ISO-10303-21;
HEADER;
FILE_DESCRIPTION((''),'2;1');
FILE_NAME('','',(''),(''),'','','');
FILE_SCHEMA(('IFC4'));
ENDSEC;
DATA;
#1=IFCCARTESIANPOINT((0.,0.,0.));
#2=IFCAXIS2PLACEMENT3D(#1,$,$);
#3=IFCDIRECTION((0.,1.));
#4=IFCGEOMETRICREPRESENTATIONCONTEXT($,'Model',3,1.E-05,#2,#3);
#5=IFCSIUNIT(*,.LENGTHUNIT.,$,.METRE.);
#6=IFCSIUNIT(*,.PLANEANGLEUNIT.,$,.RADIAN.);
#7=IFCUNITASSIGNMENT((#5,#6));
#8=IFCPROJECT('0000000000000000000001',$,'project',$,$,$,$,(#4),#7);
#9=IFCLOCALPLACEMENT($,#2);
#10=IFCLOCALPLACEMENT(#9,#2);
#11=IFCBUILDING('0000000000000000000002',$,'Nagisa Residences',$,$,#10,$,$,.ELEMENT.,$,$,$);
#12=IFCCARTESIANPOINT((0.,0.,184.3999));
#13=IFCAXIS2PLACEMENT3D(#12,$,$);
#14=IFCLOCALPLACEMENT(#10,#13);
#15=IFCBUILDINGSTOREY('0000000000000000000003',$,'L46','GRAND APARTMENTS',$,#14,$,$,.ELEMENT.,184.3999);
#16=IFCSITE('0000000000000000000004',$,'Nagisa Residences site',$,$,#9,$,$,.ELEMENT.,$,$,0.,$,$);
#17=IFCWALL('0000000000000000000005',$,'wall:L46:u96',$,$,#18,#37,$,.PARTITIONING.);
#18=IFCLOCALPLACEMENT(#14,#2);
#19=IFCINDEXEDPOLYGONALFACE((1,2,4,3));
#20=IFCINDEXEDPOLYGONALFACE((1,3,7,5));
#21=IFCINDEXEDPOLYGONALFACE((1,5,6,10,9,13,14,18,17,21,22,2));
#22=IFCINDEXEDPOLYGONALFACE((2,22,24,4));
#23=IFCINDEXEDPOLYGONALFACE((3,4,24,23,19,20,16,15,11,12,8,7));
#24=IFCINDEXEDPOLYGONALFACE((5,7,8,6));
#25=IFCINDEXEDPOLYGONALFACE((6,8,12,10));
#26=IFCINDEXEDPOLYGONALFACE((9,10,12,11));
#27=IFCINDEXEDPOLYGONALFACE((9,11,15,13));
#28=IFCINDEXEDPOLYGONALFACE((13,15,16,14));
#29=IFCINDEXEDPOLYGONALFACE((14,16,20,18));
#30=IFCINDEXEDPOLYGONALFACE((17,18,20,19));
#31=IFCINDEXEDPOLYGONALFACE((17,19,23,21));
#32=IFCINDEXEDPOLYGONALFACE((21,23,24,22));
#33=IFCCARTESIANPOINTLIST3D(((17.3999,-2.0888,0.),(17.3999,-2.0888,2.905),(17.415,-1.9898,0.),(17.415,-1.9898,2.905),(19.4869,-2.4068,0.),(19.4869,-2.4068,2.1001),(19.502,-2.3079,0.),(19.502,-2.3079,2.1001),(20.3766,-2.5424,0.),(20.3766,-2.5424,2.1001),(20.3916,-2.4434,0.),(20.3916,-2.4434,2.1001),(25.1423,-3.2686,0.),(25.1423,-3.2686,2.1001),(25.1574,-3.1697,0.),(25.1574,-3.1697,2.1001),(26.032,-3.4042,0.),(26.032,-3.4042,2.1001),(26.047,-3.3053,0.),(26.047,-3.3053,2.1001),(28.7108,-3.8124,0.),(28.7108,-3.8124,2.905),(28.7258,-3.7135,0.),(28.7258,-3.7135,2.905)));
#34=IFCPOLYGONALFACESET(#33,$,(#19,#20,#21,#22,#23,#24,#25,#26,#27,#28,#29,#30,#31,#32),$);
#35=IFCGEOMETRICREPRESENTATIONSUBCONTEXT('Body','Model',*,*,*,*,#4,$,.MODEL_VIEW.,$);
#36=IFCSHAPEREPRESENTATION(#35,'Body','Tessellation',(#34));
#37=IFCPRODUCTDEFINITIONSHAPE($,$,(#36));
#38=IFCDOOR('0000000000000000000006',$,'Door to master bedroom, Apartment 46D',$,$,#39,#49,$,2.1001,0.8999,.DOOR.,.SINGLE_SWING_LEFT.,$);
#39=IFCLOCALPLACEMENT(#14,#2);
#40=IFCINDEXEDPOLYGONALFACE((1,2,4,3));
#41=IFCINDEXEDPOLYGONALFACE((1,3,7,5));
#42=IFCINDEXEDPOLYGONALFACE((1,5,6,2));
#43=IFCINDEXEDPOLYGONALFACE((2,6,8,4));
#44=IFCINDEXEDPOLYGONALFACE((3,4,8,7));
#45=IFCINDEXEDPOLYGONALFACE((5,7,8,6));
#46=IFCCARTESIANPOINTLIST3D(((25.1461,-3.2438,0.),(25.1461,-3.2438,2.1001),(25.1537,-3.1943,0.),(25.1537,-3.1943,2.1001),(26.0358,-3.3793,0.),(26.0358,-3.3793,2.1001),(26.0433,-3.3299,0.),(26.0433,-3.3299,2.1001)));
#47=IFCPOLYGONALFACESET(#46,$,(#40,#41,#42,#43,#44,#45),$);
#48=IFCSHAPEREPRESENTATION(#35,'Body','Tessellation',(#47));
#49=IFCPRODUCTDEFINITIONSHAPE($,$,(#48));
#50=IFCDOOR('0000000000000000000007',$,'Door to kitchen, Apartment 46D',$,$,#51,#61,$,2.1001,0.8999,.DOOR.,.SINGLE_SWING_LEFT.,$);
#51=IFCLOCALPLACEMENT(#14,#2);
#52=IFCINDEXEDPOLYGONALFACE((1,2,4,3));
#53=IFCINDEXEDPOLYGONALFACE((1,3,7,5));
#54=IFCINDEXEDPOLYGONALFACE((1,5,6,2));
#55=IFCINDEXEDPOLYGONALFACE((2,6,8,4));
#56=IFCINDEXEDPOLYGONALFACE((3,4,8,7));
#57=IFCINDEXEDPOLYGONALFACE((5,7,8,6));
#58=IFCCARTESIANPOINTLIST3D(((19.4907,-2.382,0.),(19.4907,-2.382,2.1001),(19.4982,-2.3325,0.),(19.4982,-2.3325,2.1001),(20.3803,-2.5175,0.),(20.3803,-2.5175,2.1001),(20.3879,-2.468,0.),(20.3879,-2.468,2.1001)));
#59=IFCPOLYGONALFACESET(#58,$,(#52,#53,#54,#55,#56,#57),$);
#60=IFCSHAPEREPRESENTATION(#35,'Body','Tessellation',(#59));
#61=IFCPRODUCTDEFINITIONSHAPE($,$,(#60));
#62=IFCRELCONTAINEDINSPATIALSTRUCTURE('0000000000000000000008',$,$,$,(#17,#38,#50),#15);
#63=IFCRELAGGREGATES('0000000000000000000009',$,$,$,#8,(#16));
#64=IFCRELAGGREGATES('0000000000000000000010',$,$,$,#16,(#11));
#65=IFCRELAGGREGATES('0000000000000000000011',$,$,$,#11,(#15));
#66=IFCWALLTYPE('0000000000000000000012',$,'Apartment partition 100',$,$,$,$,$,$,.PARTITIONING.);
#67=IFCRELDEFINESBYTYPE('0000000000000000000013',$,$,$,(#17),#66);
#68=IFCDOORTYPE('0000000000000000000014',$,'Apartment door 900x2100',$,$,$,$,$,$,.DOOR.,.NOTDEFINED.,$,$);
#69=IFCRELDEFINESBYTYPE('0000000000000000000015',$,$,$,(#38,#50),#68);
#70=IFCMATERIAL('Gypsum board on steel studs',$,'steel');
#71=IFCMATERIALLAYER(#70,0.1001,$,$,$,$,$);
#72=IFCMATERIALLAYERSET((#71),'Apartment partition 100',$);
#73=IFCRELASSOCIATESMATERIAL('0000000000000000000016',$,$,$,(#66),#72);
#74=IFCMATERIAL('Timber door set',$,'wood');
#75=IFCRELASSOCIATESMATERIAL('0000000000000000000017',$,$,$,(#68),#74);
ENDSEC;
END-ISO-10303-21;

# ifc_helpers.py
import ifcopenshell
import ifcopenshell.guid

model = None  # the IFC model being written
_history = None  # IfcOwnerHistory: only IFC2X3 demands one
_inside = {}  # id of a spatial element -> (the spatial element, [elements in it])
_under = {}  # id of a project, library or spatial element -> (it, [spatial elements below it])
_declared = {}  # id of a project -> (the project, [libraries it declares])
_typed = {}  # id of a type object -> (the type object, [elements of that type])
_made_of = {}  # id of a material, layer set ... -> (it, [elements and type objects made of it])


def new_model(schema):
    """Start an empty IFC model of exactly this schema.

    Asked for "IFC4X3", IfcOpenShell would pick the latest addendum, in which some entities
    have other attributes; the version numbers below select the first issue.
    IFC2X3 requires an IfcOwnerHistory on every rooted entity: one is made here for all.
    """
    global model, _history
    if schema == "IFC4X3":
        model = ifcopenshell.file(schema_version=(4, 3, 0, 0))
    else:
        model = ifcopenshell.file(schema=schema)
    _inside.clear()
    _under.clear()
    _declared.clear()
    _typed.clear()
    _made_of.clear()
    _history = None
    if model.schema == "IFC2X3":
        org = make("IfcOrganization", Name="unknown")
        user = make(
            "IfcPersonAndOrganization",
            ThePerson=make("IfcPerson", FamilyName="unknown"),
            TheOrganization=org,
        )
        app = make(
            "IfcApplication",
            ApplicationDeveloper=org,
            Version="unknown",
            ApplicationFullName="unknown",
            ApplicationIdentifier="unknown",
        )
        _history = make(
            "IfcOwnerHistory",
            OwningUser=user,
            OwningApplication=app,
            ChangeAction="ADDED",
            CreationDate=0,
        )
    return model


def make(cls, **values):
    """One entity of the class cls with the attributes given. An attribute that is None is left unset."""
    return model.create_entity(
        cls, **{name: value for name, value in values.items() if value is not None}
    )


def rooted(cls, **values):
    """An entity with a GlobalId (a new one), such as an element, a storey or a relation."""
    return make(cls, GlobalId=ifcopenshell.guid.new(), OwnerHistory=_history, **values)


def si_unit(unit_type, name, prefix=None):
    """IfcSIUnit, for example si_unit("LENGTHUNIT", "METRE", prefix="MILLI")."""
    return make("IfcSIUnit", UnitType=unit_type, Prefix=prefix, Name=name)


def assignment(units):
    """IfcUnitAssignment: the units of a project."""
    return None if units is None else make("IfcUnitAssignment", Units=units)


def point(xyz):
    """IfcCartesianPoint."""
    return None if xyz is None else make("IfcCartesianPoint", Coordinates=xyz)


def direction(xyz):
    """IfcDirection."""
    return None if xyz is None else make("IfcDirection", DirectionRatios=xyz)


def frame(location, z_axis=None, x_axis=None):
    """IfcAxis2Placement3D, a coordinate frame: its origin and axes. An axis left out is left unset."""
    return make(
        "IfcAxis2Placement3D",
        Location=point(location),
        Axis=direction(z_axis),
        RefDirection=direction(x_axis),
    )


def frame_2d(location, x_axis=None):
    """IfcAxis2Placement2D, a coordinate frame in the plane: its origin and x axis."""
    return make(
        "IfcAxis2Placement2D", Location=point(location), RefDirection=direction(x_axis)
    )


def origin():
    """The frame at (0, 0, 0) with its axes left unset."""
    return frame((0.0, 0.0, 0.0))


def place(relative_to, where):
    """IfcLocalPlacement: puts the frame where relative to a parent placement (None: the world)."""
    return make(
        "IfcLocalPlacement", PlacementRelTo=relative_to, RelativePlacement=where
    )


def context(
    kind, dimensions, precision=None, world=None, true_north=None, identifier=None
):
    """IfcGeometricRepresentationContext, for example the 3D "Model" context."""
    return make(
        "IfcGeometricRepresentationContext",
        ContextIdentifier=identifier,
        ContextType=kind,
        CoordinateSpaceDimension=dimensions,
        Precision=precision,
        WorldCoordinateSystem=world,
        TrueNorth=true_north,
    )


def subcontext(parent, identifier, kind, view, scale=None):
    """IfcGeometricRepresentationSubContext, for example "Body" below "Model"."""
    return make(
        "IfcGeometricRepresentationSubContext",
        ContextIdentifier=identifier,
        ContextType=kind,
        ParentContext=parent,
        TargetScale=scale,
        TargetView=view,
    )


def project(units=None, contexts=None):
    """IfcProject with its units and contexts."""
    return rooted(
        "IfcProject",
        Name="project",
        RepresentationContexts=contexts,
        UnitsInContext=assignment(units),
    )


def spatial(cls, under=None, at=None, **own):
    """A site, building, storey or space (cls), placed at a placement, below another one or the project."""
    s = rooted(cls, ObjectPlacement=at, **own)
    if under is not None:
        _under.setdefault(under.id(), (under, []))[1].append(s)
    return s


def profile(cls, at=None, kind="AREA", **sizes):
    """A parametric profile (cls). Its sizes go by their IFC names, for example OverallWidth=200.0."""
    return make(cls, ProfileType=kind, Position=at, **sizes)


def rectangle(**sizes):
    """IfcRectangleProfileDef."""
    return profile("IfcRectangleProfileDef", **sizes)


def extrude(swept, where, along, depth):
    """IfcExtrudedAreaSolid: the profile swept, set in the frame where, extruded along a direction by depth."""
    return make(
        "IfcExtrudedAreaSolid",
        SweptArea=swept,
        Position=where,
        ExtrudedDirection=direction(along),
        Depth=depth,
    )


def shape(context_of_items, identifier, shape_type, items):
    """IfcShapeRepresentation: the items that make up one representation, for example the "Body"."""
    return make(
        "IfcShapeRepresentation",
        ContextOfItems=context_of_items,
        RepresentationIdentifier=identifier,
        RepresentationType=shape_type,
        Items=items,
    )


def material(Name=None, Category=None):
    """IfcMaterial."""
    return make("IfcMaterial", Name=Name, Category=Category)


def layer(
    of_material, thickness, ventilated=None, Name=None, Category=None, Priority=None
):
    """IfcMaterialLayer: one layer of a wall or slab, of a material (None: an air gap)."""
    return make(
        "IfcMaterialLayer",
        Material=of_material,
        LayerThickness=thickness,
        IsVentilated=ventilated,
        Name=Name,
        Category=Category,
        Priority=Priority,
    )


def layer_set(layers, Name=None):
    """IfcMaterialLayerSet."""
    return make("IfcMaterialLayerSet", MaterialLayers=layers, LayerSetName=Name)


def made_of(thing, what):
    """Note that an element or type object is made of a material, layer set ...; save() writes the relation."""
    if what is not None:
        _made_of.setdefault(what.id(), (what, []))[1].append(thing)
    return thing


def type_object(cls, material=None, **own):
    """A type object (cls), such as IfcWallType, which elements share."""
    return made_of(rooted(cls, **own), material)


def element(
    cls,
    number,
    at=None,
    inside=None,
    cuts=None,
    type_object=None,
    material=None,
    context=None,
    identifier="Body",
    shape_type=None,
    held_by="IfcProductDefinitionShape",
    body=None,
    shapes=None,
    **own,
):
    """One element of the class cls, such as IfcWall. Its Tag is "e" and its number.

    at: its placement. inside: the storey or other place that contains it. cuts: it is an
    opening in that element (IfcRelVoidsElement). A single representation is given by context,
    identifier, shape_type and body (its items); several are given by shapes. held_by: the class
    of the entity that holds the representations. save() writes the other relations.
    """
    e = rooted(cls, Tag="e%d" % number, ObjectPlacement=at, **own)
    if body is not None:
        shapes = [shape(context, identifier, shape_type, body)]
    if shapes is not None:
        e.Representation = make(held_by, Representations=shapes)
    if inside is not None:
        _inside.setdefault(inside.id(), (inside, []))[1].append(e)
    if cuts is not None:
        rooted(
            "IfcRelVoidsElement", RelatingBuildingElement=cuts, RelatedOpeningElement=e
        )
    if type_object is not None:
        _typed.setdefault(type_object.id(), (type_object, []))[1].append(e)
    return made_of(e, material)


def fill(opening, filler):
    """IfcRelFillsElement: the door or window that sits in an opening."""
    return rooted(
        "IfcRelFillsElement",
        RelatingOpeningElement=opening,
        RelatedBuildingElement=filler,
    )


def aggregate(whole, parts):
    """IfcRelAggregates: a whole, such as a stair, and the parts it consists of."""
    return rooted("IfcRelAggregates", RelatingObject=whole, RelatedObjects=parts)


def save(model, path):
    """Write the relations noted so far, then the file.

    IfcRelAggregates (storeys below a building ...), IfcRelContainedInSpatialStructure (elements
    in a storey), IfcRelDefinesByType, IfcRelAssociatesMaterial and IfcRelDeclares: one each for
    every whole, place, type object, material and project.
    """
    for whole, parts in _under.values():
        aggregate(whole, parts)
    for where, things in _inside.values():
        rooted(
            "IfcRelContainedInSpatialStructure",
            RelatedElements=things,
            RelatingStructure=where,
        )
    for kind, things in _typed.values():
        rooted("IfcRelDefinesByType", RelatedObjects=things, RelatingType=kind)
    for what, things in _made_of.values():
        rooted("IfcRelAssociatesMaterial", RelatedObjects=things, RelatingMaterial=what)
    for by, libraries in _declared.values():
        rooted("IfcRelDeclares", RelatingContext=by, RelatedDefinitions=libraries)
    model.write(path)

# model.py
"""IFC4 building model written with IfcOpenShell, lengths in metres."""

from ifc_helpers import new_model, si_unit, direction, frame, frame_2d, origin, place, context, subcontext, project, spatial, rectangle, extrude, material, layer, layer_set, type_object, element, fill, save


model = new_model("IFC4")

# Units and contexts
model_context = context("Model", 3, precision=1e-05, world=origin(), true_north=direction((0.0, 1.0)))
body_context = subcontext(model_context, "Body", "Model", "MODEL_VIEW")
ifc_project = project(units=[si_unit("LENGTHUNIT", "METRE"), si_unit("PLANEANGLEUNIT", "RADIAN")], contexts=[model_context])

# Site, building, storey
site_placement = place(None, origin())
site = spatial("IfcSite", under=ifc_project, at=site_placement, Name="Nagisa Residences site", CompositionType="ELEMENT", RefElevation=0.0)
building_placement = place(site_placement, origin())
building = spatial("IfcBuilding", under=site, at=building_placement, Name="Nagisa Residences", CompositionType="ELEMENT")
storey_placement = place(building_placement, frame((0.0, 0.0, 184.3999)))
storey = spatial("IfcBuildingStorey", under=building, at=storey_placement, Name="L46", Description="GRAND APARTMENTS", CompositionType="ELEMENT", Elevation=184.3999)

# Shared definitions
ifc_material_1 = material(Name="Gypsum board on steel studs", Category="steel")
ifc_layer_1 = layer(ifc_material_1, 0.1001)
ifc_layer_set_1 = layer_set([ifc_layer_1], Name="Apartment partition 100")
wall_type_1 = type_object("IfcWallType", Name="Apartment partition 100", PredefinedType="PARTITIONING", material=ifc_layer_set_1)
ifc_material_2 = material(Name="Timber door set", Category="wood")
door_type_1 = type_object("IfcDoorType", Name="Apartment door 900x2100", OperationType="NOTDEFINED", PredefinedType="DOOR", material=ifc_material_2)

# Wall, openings, doors
wall_1_placement = place(storey_placement, frame((17.4075, -2.0393, 0.0), z_axis=(0.0, 0.0, 1.0), x_axis=(0.988587, -0.150649, 0.0)))
wall_1 = element("IfcWall", 1, at=wall_1_placement, inside=storey, type_object=wall_type_1, Name="wall:L46:u96", PredefinedType="PARTITIONING", context=body_context, shape_type="SweptSolid", body=[
    extrude(rectangle(XDim=11.4414, YDim=0.1001, at=frame_2d((5.7207, 0.0))), origin(), (0.0, 0.0, 1.0), 2.905),
])
opening_1_placement = place(wall_1_placement, frame((7.8318, 0.0, 0.0)))
opening_1 = element("IfcOpeningElement", 2, at=opening_1_placement, cuts=wall_1, PredefinedType="OPENING", context=body_context, shape_type="SweptSolid", body=[
    extrude(rectangle(XDim=0.8999, YDim=2.1001, at=frame_2d((0.45, 1.05))), frame((0.0, 0.0601, 0.0), z_axis=(0.0, -1.0, 0.0), x_axis=(1.0, 0.0, 0.0)), (0.0, 0.0, 1.0), 0.1201),
])
opening_2_placement = place(wall_1_placement, frame((2.1111, 0.0, 0.0)))
opening_2 = element("IfcOpeningElement", 3, at=opening_2_placement, cuts=wall_1, PredefinedType="OPENING", context=body_context, shape_type="SweptSolid", body=[
    extrude(rectangle(XDim=0.8999, YDim=2.1001, at=frame_2d((0.45, 1.05))), frame((0.0, 0.0601, 0.0), z_axis=(0.0, -1.0, 0.0), x_axis=(1.0, 0.0, 0.0)), (0.0, 0.0, 1.0), 0.1201),
])
door_1_placement = place(opening_1_placement, frame((0.8999, 0.0, 0.0), x_axis=(-1.0, 0.0, 0.0)))
door_1 = element("IfcDoor", 4, at=door_1_placement, inside=storey, type_object=door_type_1, Name="Door to master bedroom, Apartment 46D", OperationType="SINGLE_SWING_LEFT", OverallHeight=2.1001, OverallWidth=0.8999, PredefinedType="DOOR", context=body_context, shape_type="SweptSolid", body=[
    extrude(rectangle(XDim=0.8999, YDim=2.1001, at=frame_2d((0.45, 1.05))), frame((0.0, 0.0249, 0.0), z_axis=(0.0, -1.0, 0.0), x_axis=(1.0, 0.0, 0.0)), (0.0, 0.0, 1.0), 0.05),
])
fill(opening_1, door_1)
door_2_placement = place(opening_2_placement, frame((0.8999, 0.0, 0.0), x_axis=(-1.0, 0.0, 0.0)))
door_2 = element("IfcDoor", 5, at=door_2_placement, inside=storey, type_object=door_type_1, Name="Door to kitchen, Apartment 46D", OperationType="SINGLE_SWING_LEFT", OverallHeight=2.1001, OverallWidth=0.8999, PredefinedType="DOOR", context=body_context, shape_type="SweptSolid", body=[
    extrude(rectangle(XDim=0.8999, YDim=2.1001, at=frame_2d((0.45, 1.05))), frame((0.0, 0.0249, 0.0), z_axis=(0.0, -1.0, 0.0), x_axis=(1.0, 0.0, 0.0)), (0.0, 0.0, 1.0), 0.05),
])
fill(opening_2, door_2)

save(model, "model.ifc")
